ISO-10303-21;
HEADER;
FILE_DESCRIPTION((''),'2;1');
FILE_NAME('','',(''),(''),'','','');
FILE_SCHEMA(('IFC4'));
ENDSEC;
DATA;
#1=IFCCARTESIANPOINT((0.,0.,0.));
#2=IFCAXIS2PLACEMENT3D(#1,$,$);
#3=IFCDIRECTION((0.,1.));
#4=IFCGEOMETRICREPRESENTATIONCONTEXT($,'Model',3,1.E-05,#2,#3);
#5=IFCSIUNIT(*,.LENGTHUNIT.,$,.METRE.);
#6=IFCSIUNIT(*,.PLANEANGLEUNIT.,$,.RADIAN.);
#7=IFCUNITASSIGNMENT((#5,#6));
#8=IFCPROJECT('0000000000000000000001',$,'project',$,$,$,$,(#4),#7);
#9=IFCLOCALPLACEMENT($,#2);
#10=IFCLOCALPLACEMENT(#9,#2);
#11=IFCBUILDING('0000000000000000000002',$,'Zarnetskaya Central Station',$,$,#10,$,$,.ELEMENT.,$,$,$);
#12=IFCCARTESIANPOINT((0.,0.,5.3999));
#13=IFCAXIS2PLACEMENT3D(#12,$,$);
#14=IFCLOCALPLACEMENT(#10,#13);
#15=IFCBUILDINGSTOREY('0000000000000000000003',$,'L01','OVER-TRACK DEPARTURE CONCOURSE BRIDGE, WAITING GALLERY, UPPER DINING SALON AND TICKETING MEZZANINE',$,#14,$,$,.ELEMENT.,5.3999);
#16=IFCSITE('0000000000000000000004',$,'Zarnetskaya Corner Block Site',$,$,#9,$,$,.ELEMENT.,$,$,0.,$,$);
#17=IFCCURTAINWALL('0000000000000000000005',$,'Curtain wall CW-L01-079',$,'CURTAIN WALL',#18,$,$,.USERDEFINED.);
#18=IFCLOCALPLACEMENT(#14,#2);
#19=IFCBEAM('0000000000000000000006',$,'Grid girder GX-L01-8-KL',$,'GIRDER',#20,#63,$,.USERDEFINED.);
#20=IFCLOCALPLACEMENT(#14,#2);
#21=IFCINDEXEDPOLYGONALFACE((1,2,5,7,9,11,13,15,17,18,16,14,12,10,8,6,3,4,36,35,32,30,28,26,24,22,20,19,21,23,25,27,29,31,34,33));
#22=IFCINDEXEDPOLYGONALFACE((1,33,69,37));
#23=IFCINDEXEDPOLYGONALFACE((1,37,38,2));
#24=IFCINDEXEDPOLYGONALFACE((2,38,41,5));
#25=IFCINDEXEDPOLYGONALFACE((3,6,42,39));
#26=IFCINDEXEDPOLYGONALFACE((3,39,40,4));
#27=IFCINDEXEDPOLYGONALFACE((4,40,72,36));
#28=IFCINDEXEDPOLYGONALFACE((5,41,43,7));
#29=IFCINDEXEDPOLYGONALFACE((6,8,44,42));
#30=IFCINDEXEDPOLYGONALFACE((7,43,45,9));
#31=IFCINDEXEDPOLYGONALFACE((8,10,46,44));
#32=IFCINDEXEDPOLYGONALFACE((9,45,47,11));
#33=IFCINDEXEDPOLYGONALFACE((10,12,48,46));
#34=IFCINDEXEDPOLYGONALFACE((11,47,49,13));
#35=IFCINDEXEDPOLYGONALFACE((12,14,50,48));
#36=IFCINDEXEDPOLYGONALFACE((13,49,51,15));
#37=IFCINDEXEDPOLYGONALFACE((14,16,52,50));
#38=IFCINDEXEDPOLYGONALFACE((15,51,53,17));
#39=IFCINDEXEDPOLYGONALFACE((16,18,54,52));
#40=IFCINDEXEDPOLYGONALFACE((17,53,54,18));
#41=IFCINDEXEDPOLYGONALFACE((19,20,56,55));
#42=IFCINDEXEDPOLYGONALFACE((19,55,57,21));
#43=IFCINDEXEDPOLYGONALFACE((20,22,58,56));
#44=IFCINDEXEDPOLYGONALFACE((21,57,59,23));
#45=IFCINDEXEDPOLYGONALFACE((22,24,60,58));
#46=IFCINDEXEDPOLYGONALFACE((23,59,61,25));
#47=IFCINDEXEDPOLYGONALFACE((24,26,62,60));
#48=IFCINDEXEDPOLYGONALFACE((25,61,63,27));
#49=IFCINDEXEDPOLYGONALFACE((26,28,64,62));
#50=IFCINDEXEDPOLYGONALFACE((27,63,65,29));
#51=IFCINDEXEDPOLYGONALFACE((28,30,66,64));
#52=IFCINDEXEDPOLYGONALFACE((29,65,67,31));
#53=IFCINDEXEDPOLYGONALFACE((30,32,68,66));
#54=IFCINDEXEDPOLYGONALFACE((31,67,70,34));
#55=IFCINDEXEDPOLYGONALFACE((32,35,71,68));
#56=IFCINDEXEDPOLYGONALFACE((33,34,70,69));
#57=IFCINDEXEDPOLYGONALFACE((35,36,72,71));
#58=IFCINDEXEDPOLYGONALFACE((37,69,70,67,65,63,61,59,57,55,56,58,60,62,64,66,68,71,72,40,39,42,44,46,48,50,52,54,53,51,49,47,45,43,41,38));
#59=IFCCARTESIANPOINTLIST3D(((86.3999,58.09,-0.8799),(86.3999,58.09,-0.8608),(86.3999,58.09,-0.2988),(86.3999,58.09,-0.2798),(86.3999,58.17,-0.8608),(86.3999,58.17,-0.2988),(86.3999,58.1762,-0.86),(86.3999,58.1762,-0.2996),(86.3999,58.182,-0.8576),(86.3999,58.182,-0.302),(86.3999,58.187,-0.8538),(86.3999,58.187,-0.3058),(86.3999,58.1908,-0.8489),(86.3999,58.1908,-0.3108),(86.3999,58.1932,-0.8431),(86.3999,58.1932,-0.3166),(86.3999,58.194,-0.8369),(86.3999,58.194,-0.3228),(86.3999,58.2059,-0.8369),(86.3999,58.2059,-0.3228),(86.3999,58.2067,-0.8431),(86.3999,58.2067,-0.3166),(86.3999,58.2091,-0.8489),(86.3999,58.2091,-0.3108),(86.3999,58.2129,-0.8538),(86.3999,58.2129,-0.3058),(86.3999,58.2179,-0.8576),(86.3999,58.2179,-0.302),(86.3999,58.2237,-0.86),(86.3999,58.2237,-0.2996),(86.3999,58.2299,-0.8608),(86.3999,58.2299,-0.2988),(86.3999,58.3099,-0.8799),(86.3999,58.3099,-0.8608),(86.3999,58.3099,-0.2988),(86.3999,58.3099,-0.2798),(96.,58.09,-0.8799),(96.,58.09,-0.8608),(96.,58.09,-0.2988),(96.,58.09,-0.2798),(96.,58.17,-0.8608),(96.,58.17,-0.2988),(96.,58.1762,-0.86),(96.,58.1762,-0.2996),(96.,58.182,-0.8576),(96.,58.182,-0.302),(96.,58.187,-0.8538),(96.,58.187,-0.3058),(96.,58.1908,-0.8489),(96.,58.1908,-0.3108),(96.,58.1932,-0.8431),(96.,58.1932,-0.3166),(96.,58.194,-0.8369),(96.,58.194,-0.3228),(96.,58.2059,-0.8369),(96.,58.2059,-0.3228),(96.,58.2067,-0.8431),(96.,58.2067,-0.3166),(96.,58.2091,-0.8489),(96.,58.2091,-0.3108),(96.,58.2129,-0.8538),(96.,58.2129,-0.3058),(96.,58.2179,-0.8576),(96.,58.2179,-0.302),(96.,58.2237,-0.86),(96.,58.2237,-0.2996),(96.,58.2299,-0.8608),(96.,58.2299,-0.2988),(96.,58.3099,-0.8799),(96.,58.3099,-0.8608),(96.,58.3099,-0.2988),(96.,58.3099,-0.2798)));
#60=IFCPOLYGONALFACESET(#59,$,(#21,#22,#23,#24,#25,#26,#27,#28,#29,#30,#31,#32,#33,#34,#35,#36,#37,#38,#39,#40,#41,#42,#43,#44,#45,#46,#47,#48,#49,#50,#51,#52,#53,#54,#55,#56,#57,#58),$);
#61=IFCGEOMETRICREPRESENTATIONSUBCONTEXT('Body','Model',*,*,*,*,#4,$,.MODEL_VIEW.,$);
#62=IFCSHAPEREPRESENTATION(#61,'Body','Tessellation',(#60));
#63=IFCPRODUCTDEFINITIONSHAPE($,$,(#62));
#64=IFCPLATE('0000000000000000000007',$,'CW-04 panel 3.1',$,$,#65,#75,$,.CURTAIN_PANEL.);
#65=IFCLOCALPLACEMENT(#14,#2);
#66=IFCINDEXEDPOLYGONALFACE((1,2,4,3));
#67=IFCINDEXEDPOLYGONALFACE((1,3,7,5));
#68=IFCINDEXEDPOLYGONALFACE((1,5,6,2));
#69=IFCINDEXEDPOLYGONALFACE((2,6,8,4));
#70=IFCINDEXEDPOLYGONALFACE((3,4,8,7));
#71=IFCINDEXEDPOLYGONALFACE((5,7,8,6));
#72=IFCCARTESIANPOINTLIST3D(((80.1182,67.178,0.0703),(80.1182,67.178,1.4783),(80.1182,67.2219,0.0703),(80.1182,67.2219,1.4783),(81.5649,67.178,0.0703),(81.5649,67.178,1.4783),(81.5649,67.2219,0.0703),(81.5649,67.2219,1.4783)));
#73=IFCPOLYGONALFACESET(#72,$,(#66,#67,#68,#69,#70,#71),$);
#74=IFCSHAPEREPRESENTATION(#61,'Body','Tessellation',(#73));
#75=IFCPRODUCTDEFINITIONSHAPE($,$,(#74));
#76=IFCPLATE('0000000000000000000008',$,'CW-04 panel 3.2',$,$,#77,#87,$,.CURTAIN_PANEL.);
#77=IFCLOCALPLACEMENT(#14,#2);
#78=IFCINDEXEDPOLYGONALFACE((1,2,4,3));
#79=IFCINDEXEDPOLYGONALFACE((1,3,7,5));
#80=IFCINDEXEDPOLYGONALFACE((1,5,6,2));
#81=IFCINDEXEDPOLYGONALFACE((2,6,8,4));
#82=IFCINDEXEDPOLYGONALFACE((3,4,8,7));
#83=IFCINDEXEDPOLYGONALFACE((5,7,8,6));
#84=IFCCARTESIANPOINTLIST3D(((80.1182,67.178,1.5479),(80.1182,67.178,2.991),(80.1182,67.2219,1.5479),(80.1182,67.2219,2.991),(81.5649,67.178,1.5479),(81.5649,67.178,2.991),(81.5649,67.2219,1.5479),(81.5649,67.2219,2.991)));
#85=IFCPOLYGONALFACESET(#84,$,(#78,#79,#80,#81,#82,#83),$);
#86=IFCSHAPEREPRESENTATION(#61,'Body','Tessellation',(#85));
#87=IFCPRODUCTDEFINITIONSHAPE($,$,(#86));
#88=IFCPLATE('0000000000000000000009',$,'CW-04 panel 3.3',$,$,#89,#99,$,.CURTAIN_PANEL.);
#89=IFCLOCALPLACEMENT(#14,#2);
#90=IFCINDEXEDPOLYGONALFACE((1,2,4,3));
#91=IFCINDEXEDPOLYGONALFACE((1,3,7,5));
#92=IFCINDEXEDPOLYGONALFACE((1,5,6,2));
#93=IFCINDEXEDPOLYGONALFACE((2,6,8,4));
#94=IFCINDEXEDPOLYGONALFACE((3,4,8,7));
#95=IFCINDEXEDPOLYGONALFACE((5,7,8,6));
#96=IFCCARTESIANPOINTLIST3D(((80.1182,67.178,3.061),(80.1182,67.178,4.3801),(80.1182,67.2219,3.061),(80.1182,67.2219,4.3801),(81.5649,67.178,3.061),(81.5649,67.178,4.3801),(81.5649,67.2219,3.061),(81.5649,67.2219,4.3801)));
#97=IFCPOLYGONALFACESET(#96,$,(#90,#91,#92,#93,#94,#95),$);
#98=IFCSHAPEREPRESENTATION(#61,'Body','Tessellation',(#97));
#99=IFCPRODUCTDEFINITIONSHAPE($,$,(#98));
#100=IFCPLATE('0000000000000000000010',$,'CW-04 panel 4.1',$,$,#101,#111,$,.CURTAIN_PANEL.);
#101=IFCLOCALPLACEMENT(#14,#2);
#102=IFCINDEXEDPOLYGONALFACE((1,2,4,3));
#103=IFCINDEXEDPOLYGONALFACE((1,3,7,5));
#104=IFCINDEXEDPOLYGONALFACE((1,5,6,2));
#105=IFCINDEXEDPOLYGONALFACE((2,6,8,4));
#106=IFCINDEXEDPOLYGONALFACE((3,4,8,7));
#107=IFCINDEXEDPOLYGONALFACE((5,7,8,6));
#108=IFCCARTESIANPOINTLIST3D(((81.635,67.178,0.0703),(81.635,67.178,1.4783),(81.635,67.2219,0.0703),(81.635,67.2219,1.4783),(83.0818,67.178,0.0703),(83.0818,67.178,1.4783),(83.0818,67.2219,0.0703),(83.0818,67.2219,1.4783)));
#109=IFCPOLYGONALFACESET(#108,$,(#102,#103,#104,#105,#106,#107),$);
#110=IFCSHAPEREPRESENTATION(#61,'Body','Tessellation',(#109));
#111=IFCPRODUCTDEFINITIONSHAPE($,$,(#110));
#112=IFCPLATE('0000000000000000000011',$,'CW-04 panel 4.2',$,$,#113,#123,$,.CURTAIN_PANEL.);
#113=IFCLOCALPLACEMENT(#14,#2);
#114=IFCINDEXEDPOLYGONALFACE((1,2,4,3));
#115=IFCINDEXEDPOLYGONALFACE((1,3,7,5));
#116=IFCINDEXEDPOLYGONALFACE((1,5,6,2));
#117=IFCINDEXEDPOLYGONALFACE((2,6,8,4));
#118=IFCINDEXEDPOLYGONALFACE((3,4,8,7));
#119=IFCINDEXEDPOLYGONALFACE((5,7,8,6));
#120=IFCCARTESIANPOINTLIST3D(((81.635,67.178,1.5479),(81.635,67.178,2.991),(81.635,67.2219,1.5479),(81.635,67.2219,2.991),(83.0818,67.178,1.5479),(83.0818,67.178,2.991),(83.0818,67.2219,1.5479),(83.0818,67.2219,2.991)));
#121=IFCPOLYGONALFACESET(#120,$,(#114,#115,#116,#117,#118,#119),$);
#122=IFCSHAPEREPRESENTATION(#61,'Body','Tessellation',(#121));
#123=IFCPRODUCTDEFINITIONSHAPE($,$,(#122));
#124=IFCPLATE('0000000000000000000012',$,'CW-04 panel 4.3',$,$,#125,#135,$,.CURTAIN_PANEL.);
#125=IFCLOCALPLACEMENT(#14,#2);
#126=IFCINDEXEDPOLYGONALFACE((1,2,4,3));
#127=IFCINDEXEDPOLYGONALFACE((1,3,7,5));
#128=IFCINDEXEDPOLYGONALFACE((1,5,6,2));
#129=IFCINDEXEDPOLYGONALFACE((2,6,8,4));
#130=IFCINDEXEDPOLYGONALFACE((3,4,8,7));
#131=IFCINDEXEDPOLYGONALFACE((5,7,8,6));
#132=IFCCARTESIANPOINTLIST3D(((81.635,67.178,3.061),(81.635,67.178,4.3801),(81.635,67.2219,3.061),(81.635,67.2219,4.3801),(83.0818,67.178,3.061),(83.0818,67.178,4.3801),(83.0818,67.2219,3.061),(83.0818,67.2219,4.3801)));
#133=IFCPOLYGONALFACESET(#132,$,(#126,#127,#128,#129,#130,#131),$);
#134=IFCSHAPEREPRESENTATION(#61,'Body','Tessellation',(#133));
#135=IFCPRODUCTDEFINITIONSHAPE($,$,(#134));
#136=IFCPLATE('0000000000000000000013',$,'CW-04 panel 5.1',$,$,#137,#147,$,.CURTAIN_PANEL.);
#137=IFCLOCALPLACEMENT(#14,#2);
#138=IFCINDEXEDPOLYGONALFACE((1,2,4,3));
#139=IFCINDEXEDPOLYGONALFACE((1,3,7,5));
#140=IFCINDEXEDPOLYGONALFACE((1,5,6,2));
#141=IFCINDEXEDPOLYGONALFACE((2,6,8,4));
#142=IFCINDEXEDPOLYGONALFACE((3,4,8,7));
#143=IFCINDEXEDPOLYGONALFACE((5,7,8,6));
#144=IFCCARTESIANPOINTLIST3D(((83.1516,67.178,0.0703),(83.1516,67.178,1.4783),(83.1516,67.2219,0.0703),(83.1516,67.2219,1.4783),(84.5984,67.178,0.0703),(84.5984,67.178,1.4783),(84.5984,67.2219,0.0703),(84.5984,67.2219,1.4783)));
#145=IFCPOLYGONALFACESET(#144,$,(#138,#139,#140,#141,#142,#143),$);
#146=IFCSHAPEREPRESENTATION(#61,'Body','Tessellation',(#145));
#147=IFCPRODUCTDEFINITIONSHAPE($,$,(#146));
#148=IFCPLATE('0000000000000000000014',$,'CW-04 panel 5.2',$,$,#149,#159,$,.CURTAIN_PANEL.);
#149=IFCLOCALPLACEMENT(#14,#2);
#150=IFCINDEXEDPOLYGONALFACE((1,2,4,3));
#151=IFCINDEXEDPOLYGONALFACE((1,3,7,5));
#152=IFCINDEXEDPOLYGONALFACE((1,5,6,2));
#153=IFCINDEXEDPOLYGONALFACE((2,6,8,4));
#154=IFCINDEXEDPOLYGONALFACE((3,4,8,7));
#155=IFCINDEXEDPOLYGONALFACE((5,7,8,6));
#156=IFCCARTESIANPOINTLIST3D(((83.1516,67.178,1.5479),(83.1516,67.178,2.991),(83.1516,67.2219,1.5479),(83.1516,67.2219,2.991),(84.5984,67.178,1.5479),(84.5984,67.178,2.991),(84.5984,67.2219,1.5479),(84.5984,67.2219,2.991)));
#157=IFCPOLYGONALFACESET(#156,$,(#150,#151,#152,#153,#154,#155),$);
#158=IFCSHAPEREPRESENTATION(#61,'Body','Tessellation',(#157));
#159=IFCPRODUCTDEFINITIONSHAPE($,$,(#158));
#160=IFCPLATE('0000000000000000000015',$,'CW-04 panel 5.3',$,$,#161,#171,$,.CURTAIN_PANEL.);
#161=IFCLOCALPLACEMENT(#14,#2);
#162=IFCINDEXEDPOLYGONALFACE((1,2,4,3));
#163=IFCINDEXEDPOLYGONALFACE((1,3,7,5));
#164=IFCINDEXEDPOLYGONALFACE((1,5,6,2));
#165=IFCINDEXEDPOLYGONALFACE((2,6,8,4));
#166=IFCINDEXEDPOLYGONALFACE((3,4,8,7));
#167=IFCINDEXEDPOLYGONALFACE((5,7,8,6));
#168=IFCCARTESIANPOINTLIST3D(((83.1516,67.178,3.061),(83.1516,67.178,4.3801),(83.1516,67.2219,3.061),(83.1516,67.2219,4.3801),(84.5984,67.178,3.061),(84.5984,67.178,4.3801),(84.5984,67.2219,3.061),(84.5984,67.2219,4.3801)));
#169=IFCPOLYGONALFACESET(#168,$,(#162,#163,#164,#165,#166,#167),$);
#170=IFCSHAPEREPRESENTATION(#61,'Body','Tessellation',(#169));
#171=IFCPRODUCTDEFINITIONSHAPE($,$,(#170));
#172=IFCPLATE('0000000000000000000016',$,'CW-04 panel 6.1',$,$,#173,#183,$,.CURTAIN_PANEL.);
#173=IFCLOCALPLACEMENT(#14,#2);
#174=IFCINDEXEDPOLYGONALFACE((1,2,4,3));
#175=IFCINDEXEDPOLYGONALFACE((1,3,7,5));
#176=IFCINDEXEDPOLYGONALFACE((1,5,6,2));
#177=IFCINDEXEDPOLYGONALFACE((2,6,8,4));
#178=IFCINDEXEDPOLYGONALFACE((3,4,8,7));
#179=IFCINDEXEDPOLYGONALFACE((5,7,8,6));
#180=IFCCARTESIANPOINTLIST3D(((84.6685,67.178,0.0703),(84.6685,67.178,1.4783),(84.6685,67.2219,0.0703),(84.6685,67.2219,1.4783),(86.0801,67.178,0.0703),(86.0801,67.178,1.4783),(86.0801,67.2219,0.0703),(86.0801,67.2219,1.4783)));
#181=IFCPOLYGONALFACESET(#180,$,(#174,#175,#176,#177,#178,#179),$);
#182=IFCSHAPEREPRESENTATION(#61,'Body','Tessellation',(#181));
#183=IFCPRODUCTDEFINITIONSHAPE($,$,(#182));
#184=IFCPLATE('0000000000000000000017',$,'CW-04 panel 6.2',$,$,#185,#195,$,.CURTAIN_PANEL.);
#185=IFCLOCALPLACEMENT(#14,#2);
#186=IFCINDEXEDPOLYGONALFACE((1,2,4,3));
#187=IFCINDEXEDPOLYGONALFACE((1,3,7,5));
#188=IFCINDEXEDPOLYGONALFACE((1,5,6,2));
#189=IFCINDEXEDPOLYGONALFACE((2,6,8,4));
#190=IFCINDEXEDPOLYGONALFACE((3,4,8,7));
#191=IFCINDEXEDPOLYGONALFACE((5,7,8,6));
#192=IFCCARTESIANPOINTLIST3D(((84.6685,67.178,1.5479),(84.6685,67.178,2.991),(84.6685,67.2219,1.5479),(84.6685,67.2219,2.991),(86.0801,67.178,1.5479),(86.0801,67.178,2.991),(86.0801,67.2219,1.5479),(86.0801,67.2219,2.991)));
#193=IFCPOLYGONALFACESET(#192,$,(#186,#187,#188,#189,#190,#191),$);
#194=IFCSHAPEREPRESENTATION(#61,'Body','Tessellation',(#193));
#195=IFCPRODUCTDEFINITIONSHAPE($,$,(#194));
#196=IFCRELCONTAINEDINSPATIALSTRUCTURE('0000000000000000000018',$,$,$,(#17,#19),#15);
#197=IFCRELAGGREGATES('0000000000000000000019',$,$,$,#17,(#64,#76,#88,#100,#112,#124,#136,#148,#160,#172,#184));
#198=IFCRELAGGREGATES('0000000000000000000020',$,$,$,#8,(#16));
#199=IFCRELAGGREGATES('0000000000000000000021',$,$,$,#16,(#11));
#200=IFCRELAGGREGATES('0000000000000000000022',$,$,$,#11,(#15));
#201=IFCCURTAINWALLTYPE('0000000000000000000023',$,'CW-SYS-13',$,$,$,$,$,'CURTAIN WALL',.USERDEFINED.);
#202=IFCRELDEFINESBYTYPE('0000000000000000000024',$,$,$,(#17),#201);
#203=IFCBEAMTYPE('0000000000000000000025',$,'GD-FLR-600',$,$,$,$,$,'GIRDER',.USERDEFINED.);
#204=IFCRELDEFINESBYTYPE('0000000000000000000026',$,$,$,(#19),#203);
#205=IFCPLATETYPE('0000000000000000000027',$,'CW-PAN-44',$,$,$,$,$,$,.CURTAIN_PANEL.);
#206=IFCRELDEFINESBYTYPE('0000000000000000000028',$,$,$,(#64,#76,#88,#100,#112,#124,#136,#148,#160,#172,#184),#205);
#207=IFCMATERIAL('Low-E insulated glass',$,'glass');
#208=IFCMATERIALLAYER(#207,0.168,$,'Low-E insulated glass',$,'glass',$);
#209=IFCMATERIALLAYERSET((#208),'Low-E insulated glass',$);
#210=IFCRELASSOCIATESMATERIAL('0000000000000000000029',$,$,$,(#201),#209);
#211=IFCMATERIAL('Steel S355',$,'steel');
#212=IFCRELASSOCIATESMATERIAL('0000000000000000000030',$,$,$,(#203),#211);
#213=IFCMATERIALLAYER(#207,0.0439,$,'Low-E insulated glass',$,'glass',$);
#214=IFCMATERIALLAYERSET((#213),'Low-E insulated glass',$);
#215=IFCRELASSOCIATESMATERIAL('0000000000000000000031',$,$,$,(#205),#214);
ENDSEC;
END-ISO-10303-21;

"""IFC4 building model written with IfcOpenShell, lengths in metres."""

from ifc_helpers import new_model, si_unit, direction, frame, origin, origin_2d, place, context, subcontext, project, spatial, rectangle, i_section, extrude, material, layer, layer_set, material_profile, profile_set, type_object, element, aggregate, save


model = new_model("IFC4")

# Units and contexts
model_context = context("Model", 3, precision=1e-05, world=origin(), true_north=direction((0.0, 1.0)))
body_context = subcontext(model_context, "Body", "Model", "MODEL_VIEW")
ifc_project = project(units=[si_unit("LENGTHUNIT", "METRE"), si_unit("PLANEANGLEUNIT", "RADIAN")], contexts=[model_context])

# Site, building, storey
site_placement = place(None, origin())
site = spatial("IfcSite", under=ifc_project, at=site_placement, Name="Zarnetskaya Corner Block Site", CompositionType="ELEMENT", RefElevation=0.0)
building_placement = place(site_placement, origin())
building = spatial("IfcBuilding", under=site, at=building_placement, Name="Zarnetskaya Central Station", CompositionType="ELEMENT")
storey_placement = place(building_placement, frame((0.0, 0.0, 5.3999)))
storey = spatial("IfcBuildingStorey", under=building, at=storey_placement, Name="L01", Description="OVER-TRACK DEPARTURE CONCOURSE BRIDGE, WAITING GALLERY, UPPER DINING SALON AND TICKETING MEZZANINE", CompositionType="ELEMENT", Elevation=5.3999)

# Shared definitions
ifc_material_1 = material(Name="Steel S355", Category="steel")

# Curtain wall
ifc_material_2 = material(Name="Low-E insulated glass", Category="glass")
ifc_layer_1 = layer(ifc_material_2, 0.168, Name="Low-E insulated glass", Category="glass")
ifc_layer_set_1 = layer_set([ifc_layer_1], Name="Low-E insulated glass")
curtain_wall_type = type_object("IfcCurtainWallType", Name="CW-SYS-13", ElementType="CURTAIN WALL", PredefinedType="USERDEFINED", material=ifc_layer_set_1)
curtain_wall_placement = place(storey_placement, origin())
curtain_wall = element("IfcCurtainWall", 1, at=curtain_wall_placement, inside=storey, type_object=curtain_wall_type, Name="Curtain wall CW-L01-079", ObjectType="CURTAIN WALL", PredefinedType="USERDEFINED")

# Beam
ifc_material_profile_1 = material_profile(ifc_material_1, i_section(OverallWidth=0.22, OverallDepth=0.6001, WebThickness=0.012, FlangeThickness=0.019, FilletRadius=0.0239, at=origin_2d()), Name="IPE 600")
ifc_profile_set_1 = profile_set([ifc_material_profile_1], Name="Steel S355")
beam_type_1 = type_object("IfcBeamType", Name="GD-FLR-600", ElementType="GIRDER", PredefinedType="USERDEFINED", material=ifc_profile_set_1)
beam_1_placement = place(storey_placement, frame((86.3999, 58.2, -0.5798), z_axis=(1.0, 0.0, 0.0), x_axis=(0.0, 1.0, 0.0)))
element("IfcBeam", 2, at=beam_1_placement, inside=storey, type_object=beam_type_1, Name="Grid girder GX-L01-8-KL", ObjectType="GIRDER", PredefinedType="USERDEFINED", context=body_context, shape_type="SweptSolid", body=[
    extrude(i_section(OverallWidth=0.22, OverallDepth=0.6001, WebThickness=0.012, FlangeThickness=0.019, FilletRadius=0.0239, at=origin_2d()), origin(), (0.0, 0.0, 1.0), 9.6001),
])

# Plates
ifc_layer_2 = layer(ifc_material_2, 0.0439, Name="Low-E insulated glass", Category="glass")
ifc_layer_set_2 = layer_set([ifc_layer_2], Name="Low-E insulated glass")
plate_type = type_object("IfcPlateType", Name="CW-PAN-44", PredefinedType="CURTAIN_PANEL", material=ifc_layer_set_2)
plate_1_placement = place(storey_placement, frame((80.8416, 67.2, 0.0703), z_axis=(0.0, 0.0, 1.0), x_axis=(1.0, 0.0, 0.0)))
plate_1 = element("IfcPlate", 3, at=plate_1_placement, type_object=plate_type, Name="CW-04 panel 3.1", PredefinedType="CURTAIN_PANEL", context=body_context, shape_type="SweptSolid", body=[
    extrude(rectangle(XDim=1.4468, YDim=0.0439, at=origin_2d()), origin(), (0.0, 0.0, 1.0), 1.408),
])
plate_2_placement = place(storey_placement, frame((80.8416, 67.2, 1.5479), z_axis=(0.0, 0.0, 1.0), x_axis=(1.0, 0.0, 0.0)))
plate_2 = element("IfcPlate", 4, at=plate_2_placement, type_object=plate_type, Name="CW-04 panel 3.2", PredefinedType="CURTAIN_PANEL", context=body_context, shape_type="SweptSolid", body=[
    extrude(rectangle(XDim=1.4468, YDim=0.0439, at=origin_2d()), origin(), (0.0, 0.0, 1.0), 1.4431),
])
plate_3_placement = place(storey_placement, frame((80.8416, 67.2, 3.061), z_axis=(0.0, 0.0, 1.0), x_axis=(1.0, 0.0, 0.0)))
plate_3 = element("IfcPlate", 5, at=plate_3_placement, type_object=plate_type, Name="CW-04 panel 3.3", PredefinedType="CURTAIN_PANEL", context=body_context, shape_type="SweptSolid", body=[
    extrude(rectangle(XDim=1.4468, YDim=0.0439, at=origin_2d()), origin(), (0.0, 0.0, 1.0), 1.3191),
])
plate_4_placement = place(storey_placement, frame((82.3584, 67.2, 0.0703), z_axis=(0.0, 0.0, 1.0), x_axis=(1.0, 0.0, 0.0)))
plate_4 = element("IfcPlate", 6, at=plate_4_placement, type_object=plate_type, Name="CW-04 panel 4.1", PredefinedType="CURTAIN_PANEL", context=body_context, shape_type="SweptSolid", body=[
    extrude(rectangle(XDim=1.4468, YDim=0.0439, at=origin_2d()), origin(), (0.0, 0.0, 1.0), 1.408),
])
plate_5_placement = place(storey_placement, frame((82.3584, 67.2, 1.5479), z_axis=(0.0, 0.0, 1.0), x_axis=(1.0, 0.0, 0.0)))
plate_5 = element("IfcPlate", 7, at=plate_5_placement, type_object=plate_type, Name="CW-04 panel 4.2", PredefinedType="CURTAIN_PANEL", context=body_context, shape_type="SweptSolid", body=[
    extrude(rectangle(XDim=1.4468, YDim=0.0439, at=origin_2d()), origin(), (0.0, 0.0, 1.0), 1.4431),
])
plate_6_placement = place(storey_placement, frame((82.3584, 67.2, 3.061), z_axis=(0.0, 0.0, 1.0), x_axis=(1.0, 0.0, 0.0)))
plate_6 = element("IfcPlate", 8, at=plate_6_placement, type_object=plate_type, Name="CW-04 panel 4.3", PredefinedType="CURTAIN_PANEL", context=body_context, shape_type="SweptSolid", body=[
    extrude(rectangle(XDim=1.4468, YDim=0.0439, at=origin_2d()), origin(), (0.0, 0.0, 1.0), 1.3191),
])
plate_7_placement = place(storey_placement, frame((83.875, 67.2, 0.0703), z_axis=(0.0, 0.0, 1.0), x_axis=(1.0, 0.0, 0.0)))
plate_7 = element("IfcPlate", 9, at=plate_7_placement, type_object=plate_type, Name="CW-04 panel 5.1", PredefinedType="CURTAIN_PANEL", context=body_context, shape_type="SweptSolid", body=[
    extrude(rectangle(XDim=1.4468, YDim=0.0439, at=origin_2d()), origin(), (0.0, 0.0, 1.0), 1.408),
])
plate_8_placement = place(storey_placement, frame((83.875, 67.2, 1.5479), z_axis=(0.0, 0.0, 1.0), x_axis=(1.0, 0.0, 0.0)))
plate_8 = element("IfcPlate", 10, at=plate_8_placement, type_object=plate_type, Name="CW-04 panel 5.2", PredefinedType="CURTAIN_PANEL", context=body_context, shape_type="SweptSolid", body=[
    extrude(rectangle(XDim=1.4468, YDim=0.0439, at=origin_2d()), origin(), (0.0, 0.0, 1.0), 1.4431),
])
plate_9_placement = place(storey_placement, frame((83.875, 67.2, 3.061), z_axis=(0.0, 0.0, 1.0), x_axis=(1.0, 0.0, 0.0)))
plate_9 = element("IfcPlate", 11, at=plate_9_placement, type_object=plate_type, Name="CW-04 panel 5.3", PredefinedType="CURTAIN_PANEL", context=body_context, shape_type="SweptSolid", body=[
    extrude(rectangle(XDim=1.4468, YDim=0.0439, at=origin_2d()), origin(), (0.0, 0.0, 1.0), 1.3191),
])
plate_10_placement = place(storey_placement, frame((85.3743, 67.2, 0.0703), z_axis=(0.0, 0.0, 1.0), x_axis=(1.0, 0.0, 0.0)))
plate_10 = element("IfcPlate", 12, at=plate_10_placement, type_object=plate_type, Name="CW-04 panel 6.1", PredefinedType="CURTAIN_PANEL", context=body_context, shape_type="SweptSolid", body=[
    extrude(rectangle(XDim=1.4116, YDim=0.0439, at=origin_2d()), origin(), (0.0, 0.0, 1.0), 1.408),
])
plate_11_placement = place(storey_placement, frame((85.3743, 67.2, 1.5479), z_axis=(0.0, 0.0, 1.0), x_axis=(1.0, 0.0, 0.0)))
plate_11 = element("IfcPlate", 13, at=plate_11_placement, type_object=plate_type, Name="CW-04 panel 6.2", PredefinedType="CURTAIN_PANEL", context=body_context, shape_type="SweptSolid", body=[
    extrude(rectangle(XDim=1.4116, YDim=0.0439, at=origin_2d()), origin(), (0.0, 0.0, 1.0), 1.4431),
])
aggregate(curtain_wall, [plate_1, plate_2, plate_3, plate_4, plate_5, plate_6, plate_7, plate_8, plate_9, plate_10, plate_11])

save(model, "model.ifc")
